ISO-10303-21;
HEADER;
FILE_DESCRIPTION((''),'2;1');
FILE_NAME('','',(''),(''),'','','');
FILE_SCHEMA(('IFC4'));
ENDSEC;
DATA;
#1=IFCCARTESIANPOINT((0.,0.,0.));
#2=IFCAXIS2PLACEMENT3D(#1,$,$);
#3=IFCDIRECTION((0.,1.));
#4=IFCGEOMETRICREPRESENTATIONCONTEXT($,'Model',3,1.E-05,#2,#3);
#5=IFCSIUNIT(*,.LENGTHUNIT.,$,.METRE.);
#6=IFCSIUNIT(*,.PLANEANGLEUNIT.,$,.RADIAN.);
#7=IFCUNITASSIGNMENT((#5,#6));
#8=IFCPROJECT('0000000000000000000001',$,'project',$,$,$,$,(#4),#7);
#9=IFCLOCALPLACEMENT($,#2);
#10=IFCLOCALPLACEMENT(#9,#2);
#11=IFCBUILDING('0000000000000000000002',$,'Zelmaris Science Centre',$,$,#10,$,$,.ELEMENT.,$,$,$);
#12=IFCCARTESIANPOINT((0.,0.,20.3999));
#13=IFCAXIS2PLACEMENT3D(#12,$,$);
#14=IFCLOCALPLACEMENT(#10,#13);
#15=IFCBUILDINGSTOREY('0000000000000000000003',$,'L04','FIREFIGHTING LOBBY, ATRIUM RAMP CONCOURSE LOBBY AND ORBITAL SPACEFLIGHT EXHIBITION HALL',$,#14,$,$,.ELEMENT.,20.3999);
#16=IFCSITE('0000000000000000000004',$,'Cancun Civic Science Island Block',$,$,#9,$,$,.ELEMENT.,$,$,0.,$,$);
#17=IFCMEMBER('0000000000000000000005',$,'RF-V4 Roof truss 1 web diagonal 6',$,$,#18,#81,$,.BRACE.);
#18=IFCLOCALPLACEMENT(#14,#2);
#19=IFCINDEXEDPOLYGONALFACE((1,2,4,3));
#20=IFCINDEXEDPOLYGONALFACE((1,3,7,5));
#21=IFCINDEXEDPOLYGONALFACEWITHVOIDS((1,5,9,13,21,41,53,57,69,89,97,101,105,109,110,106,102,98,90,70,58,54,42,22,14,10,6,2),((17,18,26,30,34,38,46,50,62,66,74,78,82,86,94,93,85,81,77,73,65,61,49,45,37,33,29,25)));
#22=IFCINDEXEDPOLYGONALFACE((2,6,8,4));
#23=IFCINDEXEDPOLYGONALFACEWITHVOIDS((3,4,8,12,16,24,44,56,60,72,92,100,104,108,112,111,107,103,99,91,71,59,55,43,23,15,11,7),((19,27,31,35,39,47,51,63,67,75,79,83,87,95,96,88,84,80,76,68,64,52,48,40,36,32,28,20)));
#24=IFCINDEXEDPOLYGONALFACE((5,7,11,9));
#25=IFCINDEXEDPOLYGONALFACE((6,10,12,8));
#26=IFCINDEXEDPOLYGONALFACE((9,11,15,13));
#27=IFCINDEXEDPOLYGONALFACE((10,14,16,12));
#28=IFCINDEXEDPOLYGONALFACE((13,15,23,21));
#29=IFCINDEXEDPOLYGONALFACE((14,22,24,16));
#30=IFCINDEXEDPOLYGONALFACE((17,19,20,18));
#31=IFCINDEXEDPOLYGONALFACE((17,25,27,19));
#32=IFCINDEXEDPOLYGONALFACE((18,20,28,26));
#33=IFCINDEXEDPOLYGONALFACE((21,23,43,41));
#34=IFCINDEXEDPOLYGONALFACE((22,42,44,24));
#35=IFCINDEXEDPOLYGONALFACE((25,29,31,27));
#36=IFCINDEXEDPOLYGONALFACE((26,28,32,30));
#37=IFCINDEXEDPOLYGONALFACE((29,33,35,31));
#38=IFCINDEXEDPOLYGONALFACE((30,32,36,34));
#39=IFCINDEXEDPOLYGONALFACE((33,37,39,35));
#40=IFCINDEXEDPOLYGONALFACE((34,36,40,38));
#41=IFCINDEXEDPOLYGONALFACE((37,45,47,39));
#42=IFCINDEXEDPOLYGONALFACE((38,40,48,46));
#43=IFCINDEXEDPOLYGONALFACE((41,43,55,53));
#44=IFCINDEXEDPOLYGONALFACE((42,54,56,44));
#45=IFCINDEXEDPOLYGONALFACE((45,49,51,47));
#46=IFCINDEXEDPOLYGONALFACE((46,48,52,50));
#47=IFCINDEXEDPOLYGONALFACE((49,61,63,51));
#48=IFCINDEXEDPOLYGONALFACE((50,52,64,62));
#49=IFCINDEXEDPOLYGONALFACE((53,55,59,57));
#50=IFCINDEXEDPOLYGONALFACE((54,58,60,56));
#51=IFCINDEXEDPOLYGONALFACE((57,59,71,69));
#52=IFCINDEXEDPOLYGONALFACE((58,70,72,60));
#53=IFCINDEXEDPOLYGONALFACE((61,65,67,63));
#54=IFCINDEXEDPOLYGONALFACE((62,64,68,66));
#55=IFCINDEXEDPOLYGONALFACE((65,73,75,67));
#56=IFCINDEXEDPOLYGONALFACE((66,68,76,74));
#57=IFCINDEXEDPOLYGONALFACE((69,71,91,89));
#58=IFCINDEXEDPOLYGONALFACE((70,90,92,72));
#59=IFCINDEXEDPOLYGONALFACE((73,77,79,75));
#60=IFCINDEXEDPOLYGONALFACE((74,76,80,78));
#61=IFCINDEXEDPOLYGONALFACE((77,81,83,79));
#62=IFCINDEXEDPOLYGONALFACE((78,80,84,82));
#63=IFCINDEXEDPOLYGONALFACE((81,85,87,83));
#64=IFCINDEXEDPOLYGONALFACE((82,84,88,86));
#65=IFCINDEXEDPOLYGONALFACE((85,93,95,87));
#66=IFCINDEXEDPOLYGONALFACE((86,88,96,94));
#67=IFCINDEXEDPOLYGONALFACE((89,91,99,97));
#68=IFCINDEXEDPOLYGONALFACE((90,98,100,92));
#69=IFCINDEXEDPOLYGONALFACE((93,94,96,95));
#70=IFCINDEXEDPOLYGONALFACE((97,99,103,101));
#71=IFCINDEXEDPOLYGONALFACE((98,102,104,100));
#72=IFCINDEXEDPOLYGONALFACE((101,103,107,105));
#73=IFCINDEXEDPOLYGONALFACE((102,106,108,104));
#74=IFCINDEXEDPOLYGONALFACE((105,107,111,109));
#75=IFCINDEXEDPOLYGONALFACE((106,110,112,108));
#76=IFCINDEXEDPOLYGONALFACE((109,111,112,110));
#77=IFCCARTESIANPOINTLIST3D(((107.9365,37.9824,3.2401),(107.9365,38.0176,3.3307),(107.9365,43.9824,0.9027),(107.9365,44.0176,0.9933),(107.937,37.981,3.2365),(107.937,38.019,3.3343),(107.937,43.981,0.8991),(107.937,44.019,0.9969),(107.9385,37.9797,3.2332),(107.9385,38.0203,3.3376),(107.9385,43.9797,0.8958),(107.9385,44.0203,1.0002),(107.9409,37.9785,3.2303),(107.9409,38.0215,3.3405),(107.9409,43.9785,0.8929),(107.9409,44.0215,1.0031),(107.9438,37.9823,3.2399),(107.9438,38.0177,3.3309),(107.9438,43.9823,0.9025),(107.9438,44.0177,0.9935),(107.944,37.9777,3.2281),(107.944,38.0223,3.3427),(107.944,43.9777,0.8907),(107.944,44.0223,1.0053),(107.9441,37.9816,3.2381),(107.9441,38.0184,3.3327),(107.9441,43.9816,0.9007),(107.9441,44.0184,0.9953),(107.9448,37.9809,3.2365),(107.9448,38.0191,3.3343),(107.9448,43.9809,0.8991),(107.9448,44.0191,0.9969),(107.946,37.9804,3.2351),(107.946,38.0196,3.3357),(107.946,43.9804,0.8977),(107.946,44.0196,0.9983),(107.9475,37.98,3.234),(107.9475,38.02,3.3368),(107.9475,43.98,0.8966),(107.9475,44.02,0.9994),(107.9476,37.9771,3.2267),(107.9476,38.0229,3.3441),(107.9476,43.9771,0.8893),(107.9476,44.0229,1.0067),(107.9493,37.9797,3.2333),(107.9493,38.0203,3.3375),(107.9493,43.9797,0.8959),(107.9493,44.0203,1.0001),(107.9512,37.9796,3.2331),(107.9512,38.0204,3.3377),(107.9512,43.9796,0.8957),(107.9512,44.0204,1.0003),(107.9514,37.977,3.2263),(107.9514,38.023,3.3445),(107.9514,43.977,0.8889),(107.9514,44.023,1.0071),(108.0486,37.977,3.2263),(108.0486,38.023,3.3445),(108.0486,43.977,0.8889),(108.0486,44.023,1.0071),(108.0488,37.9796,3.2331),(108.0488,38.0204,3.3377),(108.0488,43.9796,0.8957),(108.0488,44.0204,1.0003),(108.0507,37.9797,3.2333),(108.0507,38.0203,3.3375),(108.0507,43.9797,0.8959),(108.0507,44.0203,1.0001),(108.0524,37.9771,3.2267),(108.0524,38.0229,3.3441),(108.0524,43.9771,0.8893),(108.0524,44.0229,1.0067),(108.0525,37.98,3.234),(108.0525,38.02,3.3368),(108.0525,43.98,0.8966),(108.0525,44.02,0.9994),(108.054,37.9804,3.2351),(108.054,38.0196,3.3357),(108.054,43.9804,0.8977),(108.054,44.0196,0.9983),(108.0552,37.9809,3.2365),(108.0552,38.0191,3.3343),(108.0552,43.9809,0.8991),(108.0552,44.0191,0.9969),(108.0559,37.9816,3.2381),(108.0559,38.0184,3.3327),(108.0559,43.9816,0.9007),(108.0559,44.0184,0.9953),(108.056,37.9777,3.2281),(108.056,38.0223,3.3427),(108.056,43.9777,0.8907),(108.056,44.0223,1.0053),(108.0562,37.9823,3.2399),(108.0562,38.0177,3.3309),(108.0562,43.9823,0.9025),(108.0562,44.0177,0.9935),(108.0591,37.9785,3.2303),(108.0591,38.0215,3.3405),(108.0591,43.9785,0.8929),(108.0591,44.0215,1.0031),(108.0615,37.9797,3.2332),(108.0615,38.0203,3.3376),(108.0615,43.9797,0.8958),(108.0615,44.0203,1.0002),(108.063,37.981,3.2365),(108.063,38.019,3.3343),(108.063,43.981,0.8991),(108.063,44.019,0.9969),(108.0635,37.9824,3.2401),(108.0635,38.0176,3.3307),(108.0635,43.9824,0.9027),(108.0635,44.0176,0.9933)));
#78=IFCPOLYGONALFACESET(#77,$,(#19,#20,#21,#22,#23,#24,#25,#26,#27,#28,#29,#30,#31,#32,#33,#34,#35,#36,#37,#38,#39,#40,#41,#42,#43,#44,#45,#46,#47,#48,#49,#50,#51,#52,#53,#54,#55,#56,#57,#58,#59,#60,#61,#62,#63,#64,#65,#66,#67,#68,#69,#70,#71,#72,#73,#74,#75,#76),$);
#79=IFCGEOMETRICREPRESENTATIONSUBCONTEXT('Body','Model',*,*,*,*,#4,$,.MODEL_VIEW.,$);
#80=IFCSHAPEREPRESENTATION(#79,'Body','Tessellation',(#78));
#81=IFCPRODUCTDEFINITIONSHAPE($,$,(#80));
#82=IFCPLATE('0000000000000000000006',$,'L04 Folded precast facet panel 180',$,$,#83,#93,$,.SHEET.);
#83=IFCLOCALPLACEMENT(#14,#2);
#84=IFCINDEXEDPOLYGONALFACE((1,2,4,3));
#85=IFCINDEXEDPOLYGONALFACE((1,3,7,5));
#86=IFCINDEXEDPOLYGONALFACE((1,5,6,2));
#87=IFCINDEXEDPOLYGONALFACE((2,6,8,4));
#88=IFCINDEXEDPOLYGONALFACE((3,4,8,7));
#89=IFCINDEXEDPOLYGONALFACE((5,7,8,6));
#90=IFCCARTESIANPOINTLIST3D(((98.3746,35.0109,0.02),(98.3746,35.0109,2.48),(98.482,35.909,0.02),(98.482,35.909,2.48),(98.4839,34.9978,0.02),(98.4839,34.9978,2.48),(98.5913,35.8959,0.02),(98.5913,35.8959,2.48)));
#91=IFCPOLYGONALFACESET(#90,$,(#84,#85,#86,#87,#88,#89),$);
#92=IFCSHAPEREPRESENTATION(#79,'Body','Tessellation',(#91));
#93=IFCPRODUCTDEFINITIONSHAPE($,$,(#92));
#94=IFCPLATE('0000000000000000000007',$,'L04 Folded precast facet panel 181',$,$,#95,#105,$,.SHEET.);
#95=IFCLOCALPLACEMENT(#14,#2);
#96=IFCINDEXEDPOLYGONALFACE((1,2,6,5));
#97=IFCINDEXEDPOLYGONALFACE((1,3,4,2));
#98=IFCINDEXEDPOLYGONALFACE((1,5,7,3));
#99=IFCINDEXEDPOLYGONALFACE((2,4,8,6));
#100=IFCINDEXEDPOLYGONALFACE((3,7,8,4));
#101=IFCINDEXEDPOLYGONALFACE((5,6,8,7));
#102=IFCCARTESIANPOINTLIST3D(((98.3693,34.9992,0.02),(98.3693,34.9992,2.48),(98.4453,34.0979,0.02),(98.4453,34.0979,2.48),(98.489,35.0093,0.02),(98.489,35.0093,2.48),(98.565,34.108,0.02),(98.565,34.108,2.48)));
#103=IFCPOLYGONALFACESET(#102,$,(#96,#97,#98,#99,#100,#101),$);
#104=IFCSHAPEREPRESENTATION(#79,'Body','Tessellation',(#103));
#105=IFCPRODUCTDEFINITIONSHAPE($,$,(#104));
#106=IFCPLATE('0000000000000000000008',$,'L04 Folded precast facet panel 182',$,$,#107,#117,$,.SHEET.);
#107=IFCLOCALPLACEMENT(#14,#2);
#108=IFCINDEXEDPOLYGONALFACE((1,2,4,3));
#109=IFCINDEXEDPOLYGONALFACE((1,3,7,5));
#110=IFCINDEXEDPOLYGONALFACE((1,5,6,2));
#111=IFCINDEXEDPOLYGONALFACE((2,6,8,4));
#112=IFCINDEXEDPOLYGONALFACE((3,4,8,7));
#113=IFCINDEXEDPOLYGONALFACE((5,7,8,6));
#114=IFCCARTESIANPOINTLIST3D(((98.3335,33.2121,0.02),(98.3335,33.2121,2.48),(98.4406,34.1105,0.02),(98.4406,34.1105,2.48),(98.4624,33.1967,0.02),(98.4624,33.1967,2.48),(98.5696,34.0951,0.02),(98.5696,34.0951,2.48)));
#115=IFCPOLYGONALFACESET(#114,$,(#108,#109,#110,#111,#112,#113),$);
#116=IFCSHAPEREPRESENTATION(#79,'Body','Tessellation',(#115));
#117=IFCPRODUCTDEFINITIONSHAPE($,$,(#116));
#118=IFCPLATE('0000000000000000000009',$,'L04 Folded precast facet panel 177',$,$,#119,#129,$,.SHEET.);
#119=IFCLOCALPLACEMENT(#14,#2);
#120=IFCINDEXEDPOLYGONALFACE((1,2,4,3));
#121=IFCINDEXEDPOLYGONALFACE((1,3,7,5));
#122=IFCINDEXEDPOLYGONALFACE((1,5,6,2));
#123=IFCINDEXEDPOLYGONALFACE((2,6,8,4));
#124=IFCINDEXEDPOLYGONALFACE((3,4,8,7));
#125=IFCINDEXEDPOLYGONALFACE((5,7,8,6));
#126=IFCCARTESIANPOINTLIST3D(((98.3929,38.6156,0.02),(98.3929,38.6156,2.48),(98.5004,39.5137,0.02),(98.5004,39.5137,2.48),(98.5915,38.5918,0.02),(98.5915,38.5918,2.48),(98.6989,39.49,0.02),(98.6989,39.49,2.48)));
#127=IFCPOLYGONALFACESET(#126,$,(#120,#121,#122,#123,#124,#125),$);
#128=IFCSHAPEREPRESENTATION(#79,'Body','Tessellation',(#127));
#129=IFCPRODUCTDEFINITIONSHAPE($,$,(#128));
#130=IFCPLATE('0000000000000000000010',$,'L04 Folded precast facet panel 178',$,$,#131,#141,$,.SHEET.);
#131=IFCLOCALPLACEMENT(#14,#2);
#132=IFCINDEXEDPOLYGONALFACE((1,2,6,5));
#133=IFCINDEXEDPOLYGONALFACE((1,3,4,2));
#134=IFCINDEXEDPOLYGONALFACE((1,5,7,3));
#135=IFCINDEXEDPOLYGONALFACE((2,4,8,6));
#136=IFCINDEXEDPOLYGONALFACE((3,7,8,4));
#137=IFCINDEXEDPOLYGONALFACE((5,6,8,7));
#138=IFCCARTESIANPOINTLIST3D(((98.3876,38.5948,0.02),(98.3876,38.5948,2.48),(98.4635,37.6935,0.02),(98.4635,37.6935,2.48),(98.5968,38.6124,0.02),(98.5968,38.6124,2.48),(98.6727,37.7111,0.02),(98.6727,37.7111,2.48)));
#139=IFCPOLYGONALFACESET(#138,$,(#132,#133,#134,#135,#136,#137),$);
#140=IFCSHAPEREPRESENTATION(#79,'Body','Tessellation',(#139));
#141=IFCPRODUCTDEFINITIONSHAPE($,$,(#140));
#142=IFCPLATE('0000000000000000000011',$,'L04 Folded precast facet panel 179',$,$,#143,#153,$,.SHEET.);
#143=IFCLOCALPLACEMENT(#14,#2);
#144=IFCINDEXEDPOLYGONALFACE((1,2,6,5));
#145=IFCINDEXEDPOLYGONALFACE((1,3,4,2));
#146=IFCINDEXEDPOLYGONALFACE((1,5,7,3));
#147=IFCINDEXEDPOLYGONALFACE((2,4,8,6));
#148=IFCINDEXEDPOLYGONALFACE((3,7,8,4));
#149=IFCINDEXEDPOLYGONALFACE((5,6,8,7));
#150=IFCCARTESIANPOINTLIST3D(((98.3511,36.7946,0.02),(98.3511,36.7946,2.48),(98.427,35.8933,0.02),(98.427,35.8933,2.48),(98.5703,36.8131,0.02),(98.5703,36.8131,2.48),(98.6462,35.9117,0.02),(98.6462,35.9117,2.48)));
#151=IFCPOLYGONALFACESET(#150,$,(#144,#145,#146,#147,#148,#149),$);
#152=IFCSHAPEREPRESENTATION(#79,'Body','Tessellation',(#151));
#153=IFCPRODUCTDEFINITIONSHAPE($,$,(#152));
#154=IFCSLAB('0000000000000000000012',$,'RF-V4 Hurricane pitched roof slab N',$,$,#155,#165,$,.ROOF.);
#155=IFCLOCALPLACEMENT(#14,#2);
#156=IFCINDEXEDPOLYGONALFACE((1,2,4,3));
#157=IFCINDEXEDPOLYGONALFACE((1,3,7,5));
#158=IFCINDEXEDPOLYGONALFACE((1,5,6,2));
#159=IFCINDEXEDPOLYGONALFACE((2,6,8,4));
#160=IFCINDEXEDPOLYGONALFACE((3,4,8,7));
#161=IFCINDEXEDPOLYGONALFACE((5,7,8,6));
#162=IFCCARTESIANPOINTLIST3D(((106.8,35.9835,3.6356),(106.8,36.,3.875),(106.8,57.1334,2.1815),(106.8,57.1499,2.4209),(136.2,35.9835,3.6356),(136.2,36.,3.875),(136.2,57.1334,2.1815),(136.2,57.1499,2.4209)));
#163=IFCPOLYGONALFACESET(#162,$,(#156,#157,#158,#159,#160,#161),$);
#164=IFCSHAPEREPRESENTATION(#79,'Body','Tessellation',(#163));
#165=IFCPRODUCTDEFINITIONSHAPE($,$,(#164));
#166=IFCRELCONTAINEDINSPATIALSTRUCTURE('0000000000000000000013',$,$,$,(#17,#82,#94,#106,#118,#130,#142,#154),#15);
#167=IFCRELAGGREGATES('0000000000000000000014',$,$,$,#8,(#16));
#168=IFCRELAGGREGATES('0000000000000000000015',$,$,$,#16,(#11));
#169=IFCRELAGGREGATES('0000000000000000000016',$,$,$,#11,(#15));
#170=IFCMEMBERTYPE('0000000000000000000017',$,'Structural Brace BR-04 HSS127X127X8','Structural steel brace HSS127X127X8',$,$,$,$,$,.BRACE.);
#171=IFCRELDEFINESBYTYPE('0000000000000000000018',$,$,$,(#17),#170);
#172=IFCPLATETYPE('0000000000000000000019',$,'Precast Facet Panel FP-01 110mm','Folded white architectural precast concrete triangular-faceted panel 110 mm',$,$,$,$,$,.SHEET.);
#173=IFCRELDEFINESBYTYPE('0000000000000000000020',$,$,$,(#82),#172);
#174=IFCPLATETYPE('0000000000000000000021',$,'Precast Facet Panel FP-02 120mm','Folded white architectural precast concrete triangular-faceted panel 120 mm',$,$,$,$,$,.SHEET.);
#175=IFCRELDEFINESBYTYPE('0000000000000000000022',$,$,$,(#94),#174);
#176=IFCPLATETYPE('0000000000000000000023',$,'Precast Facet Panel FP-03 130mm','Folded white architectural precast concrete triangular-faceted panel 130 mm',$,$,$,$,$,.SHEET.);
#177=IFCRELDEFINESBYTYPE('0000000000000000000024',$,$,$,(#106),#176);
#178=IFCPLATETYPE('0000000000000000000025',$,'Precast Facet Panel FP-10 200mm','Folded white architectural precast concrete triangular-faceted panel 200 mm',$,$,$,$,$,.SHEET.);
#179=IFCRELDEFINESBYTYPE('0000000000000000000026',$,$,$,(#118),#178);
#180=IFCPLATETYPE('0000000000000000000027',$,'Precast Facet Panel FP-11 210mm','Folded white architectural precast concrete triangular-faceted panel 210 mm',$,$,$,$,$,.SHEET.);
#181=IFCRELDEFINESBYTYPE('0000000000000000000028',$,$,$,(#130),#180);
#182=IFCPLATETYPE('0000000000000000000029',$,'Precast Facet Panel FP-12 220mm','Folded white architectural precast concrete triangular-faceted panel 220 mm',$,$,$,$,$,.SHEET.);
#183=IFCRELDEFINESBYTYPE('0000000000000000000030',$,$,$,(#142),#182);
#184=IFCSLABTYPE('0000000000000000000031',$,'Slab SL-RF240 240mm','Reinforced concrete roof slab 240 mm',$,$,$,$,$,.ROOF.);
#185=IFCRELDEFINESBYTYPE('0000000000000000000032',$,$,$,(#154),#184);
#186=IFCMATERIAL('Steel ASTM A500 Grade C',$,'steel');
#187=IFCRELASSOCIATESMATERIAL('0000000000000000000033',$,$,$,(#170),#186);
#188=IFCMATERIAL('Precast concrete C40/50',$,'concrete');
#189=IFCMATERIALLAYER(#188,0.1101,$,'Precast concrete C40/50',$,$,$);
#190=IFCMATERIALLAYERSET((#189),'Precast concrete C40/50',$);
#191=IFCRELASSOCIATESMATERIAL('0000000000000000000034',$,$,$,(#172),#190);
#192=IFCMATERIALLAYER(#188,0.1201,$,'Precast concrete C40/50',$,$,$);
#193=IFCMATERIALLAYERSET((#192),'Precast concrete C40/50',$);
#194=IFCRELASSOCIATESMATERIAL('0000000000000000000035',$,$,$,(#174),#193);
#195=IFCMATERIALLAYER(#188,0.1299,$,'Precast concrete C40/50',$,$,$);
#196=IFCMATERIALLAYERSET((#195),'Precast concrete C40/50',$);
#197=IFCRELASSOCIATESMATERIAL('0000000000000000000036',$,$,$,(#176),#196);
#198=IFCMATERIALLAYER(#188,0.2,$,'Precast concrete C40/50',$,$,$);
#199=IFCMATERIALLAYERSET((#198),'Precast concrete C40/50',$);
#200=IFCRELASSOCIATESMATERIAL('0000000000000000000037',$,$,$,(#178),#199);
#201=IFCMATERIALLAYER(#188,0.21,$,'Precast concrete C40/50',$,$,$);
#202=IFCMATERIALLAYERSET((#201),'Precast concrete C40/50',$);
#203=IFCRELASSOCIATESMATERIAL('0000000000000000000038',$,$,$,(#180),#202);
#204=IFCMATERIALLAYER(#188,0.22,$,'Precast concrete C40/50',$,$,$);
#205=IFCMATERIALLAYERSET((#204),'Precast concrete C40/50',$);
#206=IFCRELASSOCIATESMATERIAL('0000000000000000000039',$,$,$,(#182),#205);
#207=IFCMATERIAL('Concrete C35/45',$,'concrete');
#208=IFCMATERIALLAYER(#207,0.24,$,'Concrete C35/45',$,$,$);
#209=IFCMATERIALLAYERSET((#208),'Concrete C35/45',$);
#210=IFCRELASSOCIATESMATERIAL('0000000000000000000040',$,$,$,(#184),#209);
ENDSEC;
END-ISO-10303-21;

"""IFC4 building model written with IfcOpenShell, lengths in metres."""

from ifc_helpers import new_model, si_unit, direction, frame, frame_2d, origin, origin_2d, place, context, subcontext, project, spatial, polyline, rectangle, hollow_rectangle, outline, extrude, material, layer, layer_set, material_profile, profile_set, type_object, element, save


model = new_model("IFC4")

# Units and contexts
model_context = context("Model", 3, precision=1e-05, world=origin(), true_north=direction((0.0, 1.0)))
body_context = subcontext(model_context, "Body", "Model", "MODEL_VIEW")
ifc_project = project(units=[si_unit("LENGTHUNIT", "METRE"), si_unit("PLANEANGLEUNIT", "RADIAN")], contexts=[model_context])

# Site, building, storey
site_placement = place(None, origin())
site = spatial("IfcSite", under=ifc_project, at=site_placement, Name="Cancun Civic Science Island Block", CompositionType="ELEMENT", RefElevation=0.0)
building_placement = place(site_placement, origin())
building = spatial("IfcBuilding", under=site, at=building_placement, Name="Zelmaris Science Centre", CompositionType="ELEMENT")
storey_placement = place(building_placement, frame((0.0, 0.0, 20.3999)))
storey = spatial("IfcBuildingStorey", under=building, at=storey_placement, Name="L04", Description="FIREFIGHTING LOBBY, ATRIUM RAMP CONCOURSE LOBBY AND ORBITAL SPACEFLIGHT EXHIBITION HALL", CompositionType="ELEMENT", Elevation=20.3999)

# Shared definitions
ifc_material_1 = material(Name="Steel ASTM A500 Grade C", Category="steel")

# Member
ifc_material_profile_1 = material_profile(ifc_material_1, hollow_rectangle(XDim=0.127, YDim=0.127, WallThickness=0.0073, InnerFilletRadius=0.0073, OuterFilletRadius=0.0149, at=origin_2d()), Name="HSS127X127X8")
ifc_profile_set_1 = profile_set([ifc_material_profile_1], Name="Steel ASTM A500 Grade C")
member_type_1 = type_object("IfcMemberType", Name="Structural Brace BR-04 HSS127X127X8", Description="Structural steel brace HSS127X127X8", PredefinedType="BRACE", material=ifc_profile_set_1)
member_1_placement = place(storey_placement, frame((108.0, 38.0, 3.2854), z_axis=(0.0, 0.931791, -0.362995), x_axis=(-1.0, 0.0, 0.0)))
element("IfcMember", 1, at=member_1_placement, inside=storey, type_object=member_type_1, Name="RF-V4 Roof truss 1 web diagonal 6", PredefinedType="BRACE", context=body_context, shape_type="SweptSolid", body=[
    extrude(hollow_rectangle(XDim=0.127, YDim=0.127, WallThickness=0.0073, InnerFilletRadius=0.0073, OuterFilletRadius=0.0149, at=origin_2d()), origin(), (0.0, 0.0, 1.0), 6.4392),
])

# Plates
ifc_material_2 = material(Name="Precast concrete C40/50", Category="concrete")
ifc_layer_1 = layer(ifc_material_2, 0.1101, Name="Precast concrete C40/50")
ifc_layer_set_1 = layer_set([ifc_layer_1], Name="Precast concrete C40/50")
plate_type_1 = type_object("IfcPlateType", Name="Precast Facet Panel FP-01 110mm", Description="Folded white architectural precast concrete triangular-faceted panel 110 mm", PredefinedType="SHEET", material=ifc_layer_set_1)
plate_1_placement = place(storey_placement, frame((98.5366, 35.9023, 0.02), z_axis=(0.0, 0.0, 1.0), x_axis=(-0.118751, -0.992924, 0.0)))
element("IfcPlate", 2, at=plate_1_placement, inside=storey, type_object=plate_type_1, Name="L04 Folded precast facet panel 180", PredefinedType="SHEET", context=body_context, shape_type="SweptSolid", body=[
    extrude(rectangle(XDim=0.9045, YDim=0.1101, at=frame_2d((0.4521, 0.0))), origin(), (0.0, 0.0, 1.0), 2.46),
])
ifc_layer_2 = layer(ifc_material_2, 0.1201, Name="Precast concrete C40/50")
ifc_layer_set_2 = layer_set([ifc_layer_2], Name="Precast concrete C40/50")
plate_type_2 = type_object("IfcPlateType", Name="Precast Facet Panel FP-02 120mm", Description="Folded white architectural precast concrete triangular-faceted panel 120 mm", PredefinedType="SHEET", material=ifc_layer_set_2)
plate_2_placement = place(storey_placement, frame((98.4292, 35.0042, 0.02), z_axis=(0.0, 0.0, 1.0), x_axis=(0.083939, -0.996471, 0.0)))
element("IfcPlate", 3, at=plate_2_placement, inside=storey, type_object=plate_type_2, Name="L04 Folded precast facet panel 181", PredefinedType="SHEET", context=body_context, shape_type="SweptSolid", body=[
    extrude(rectangle(XDim=0.9045, YDim=0.1201, at=frame_2d((0.4521, 0.0))), origin(), (0.0, 0.0, 1.0), 2.46),
])
ifc_layer_3 = layer(ifc_material_2, 0.1299, Name="Precast concrete C40/50")
ifc_layer_set_3 = layer_set([ifc_layer_3], Name="Precast concrete C40/50")
plate_type_3 = type_object("IfcPlateType", Name="Precast Facet Panel FP-03 130mm", Description="Folded white architectural precast concrete triangular-faceted panel 130 mm", PredefinedType="SHEET", material=ifc_layer_set_3)
plate_3_placement = place(storey_placement, frame((98.5051, 34.1028, 0.02), z_axis=(0.0, 0.0, 1.0), x_axis=(-0.118454, -0.99296, 0.0)))
element("IfcPlate", 4, at=plate_3_placement, inside=storey, type_object=plate_type_3, Name="L04 Folded precast facet panel 182", PredefinedType="SHEET", context=body_context, shape_type="SweptSolid", body=[
    extrude(rectangle(XDim=0.9048, YDim=0.1299, at=frame_2d((0.4524, 0.0))), origin(), (0.0, 0.0, 1.0), 2.46),
])
ifc_layer_4 = layer(ifc_material_2, 0.2, Name="Precast concrete C40/50")
ifc_layer_set_4 = layer_set([ifc_layer_4], Name="Precast concrete C40/50")
plate_type_4 = type_object("IfcPlateType", Name="Precast Facet Panel FP-10 200mm", Description="Folded white architectural precast concrete triangular-faceted panel 200 mm", PredefinedType="SHEET", material=ifc_layer_set_4)
plate_4_placement = place(storey_placement, frame((98.5996, 39.5017, 0.02), z_axis=(0.0, 0.0, 1.0), x_axis=(-0.118751, -0.992924, 0.0)))
element("IfcPlate", 5, at=plate_4_placement, inside=storey, type_object=plate_type_4, Name="L04 Folded precast facet panel 177", PredefinedType="SHEET", context=body_context, shape_type="SweptSolid", body=[
    extrude(rectangle(XDim=0.9045, YDim=0.2, at=frame_2d((0.4521, 0.0))), origin(), (0.0, 0.0, 1.0), 2.46),
])
ifc_layer_5 = layer(ifc_material_2, 0.21, Name="Precast concrete C40/50")
ifc_layer_set_5 = layer_set([ifc_layer_5], Name="Precast concrete C40/50")
plate_type_5 = type_object("IfcPlateType", Name="Precast Facet Panel FP-11 210mm", Description="Folded white architectural precast concrete triangular-faceted panel 210 mm", PredefinedType="SHEET", material=ifc_layer_set_5)
plate_5_placement = place(storey_placement, frame((98.4922, 38.6035, 0.02), z_axis=(0.0, 0.0, 1.0), x_axis=(0.083939, -0.996471, 0.0)))
element("IfcPlate", 6, at=plate_5_placement, inside=storey, type_object=plate_type_5, Name="L04 Folded precast facet panel 178", PredefinedType="SHEET", context=body_context, shape_type="SweptSolid", body=[
    extrude(rectangle(XDim=0.9045, YDim=0.21, at=frame_2d((0.4521, 0.0))), origin(), (0.0, 0.0, 1.0), 2.46),
])
ifc_layer_6 = layer(ifc_material_2, 0.22, Name="Precast concrete C40/50")
ifc_layer_set_6 = layer_set([ifc_layer_6], Name="Precast concrete C40/50")
plate_type_6 = type_object("IfcPlateType", Name="Precast Facet Panel FP-12 220mm", Description="Folded white architectural precast concrete triangular-faceted panel 220 mm", PredefinedType="SHEET", material=ifc_layer_set_6)
plate_6_placement = place(storey_placement, frame((98.4607, 36.8037, 0.02), z_axis=(0.0, 0.0, 1.0), x_axis=(0.083939, -0.996471, 0.0)))
element("IfcPlate", 7, at=plate_6_placement, inside=storey, type_object=plate_type_6, Name="L04 Folded precast facet panel 179", PredefinedType="SHEET", context=body_context, shape_type="SweptSolid", body=[
    extrude(rectangle(XDim=0.9045, YDim=0.22, at=frame_2d((0.4521, 0.0))), origin(), (0.0, 0.0, 1.0), 2.46),
])

# Slab
ifc_material_3 = material(Name="Concrete C35/45", Category="concrete")
ifc_layer_7 = layer(ifc_material_3, 0.24, Name="Concrete C35/45")
ifc_layer_set_7 = layer_set([ifc_layer_7], Name="Concrete C35/45")
slab_type = type_object("IfcSlabType", Name="Slab SL-RF240 240mm", Description="Reinforced concrete roof slab 240 mm", PredefinedType="ROOF", material=ifc_layer_set_7)
slab_placement = place(storey_placement, frame((106.8, 36.0, 3.875), z_axis=(0.0, 0.06859, 0.997645), x_axis=(1.0, 0.0, 0.0)))
element("IfcSlab", 8, at=slab_placement, inside=storey, type_object=slab_type, Name="RF-V4 Hurricane pitched roof slab N", PredefinedType="ROOF", context=body_context, shape_type="SweptSolid", body=[
    extrude(outline(polyline([(0.0, 0.0), (29.3999, 0.0), (29.3999, 21.1998), (0.0, 21.1998), (0.0, 0.0)])), origin(), (0.0, 0.0, -1.0), 0.24),
])

save(model, "model.ifc")
